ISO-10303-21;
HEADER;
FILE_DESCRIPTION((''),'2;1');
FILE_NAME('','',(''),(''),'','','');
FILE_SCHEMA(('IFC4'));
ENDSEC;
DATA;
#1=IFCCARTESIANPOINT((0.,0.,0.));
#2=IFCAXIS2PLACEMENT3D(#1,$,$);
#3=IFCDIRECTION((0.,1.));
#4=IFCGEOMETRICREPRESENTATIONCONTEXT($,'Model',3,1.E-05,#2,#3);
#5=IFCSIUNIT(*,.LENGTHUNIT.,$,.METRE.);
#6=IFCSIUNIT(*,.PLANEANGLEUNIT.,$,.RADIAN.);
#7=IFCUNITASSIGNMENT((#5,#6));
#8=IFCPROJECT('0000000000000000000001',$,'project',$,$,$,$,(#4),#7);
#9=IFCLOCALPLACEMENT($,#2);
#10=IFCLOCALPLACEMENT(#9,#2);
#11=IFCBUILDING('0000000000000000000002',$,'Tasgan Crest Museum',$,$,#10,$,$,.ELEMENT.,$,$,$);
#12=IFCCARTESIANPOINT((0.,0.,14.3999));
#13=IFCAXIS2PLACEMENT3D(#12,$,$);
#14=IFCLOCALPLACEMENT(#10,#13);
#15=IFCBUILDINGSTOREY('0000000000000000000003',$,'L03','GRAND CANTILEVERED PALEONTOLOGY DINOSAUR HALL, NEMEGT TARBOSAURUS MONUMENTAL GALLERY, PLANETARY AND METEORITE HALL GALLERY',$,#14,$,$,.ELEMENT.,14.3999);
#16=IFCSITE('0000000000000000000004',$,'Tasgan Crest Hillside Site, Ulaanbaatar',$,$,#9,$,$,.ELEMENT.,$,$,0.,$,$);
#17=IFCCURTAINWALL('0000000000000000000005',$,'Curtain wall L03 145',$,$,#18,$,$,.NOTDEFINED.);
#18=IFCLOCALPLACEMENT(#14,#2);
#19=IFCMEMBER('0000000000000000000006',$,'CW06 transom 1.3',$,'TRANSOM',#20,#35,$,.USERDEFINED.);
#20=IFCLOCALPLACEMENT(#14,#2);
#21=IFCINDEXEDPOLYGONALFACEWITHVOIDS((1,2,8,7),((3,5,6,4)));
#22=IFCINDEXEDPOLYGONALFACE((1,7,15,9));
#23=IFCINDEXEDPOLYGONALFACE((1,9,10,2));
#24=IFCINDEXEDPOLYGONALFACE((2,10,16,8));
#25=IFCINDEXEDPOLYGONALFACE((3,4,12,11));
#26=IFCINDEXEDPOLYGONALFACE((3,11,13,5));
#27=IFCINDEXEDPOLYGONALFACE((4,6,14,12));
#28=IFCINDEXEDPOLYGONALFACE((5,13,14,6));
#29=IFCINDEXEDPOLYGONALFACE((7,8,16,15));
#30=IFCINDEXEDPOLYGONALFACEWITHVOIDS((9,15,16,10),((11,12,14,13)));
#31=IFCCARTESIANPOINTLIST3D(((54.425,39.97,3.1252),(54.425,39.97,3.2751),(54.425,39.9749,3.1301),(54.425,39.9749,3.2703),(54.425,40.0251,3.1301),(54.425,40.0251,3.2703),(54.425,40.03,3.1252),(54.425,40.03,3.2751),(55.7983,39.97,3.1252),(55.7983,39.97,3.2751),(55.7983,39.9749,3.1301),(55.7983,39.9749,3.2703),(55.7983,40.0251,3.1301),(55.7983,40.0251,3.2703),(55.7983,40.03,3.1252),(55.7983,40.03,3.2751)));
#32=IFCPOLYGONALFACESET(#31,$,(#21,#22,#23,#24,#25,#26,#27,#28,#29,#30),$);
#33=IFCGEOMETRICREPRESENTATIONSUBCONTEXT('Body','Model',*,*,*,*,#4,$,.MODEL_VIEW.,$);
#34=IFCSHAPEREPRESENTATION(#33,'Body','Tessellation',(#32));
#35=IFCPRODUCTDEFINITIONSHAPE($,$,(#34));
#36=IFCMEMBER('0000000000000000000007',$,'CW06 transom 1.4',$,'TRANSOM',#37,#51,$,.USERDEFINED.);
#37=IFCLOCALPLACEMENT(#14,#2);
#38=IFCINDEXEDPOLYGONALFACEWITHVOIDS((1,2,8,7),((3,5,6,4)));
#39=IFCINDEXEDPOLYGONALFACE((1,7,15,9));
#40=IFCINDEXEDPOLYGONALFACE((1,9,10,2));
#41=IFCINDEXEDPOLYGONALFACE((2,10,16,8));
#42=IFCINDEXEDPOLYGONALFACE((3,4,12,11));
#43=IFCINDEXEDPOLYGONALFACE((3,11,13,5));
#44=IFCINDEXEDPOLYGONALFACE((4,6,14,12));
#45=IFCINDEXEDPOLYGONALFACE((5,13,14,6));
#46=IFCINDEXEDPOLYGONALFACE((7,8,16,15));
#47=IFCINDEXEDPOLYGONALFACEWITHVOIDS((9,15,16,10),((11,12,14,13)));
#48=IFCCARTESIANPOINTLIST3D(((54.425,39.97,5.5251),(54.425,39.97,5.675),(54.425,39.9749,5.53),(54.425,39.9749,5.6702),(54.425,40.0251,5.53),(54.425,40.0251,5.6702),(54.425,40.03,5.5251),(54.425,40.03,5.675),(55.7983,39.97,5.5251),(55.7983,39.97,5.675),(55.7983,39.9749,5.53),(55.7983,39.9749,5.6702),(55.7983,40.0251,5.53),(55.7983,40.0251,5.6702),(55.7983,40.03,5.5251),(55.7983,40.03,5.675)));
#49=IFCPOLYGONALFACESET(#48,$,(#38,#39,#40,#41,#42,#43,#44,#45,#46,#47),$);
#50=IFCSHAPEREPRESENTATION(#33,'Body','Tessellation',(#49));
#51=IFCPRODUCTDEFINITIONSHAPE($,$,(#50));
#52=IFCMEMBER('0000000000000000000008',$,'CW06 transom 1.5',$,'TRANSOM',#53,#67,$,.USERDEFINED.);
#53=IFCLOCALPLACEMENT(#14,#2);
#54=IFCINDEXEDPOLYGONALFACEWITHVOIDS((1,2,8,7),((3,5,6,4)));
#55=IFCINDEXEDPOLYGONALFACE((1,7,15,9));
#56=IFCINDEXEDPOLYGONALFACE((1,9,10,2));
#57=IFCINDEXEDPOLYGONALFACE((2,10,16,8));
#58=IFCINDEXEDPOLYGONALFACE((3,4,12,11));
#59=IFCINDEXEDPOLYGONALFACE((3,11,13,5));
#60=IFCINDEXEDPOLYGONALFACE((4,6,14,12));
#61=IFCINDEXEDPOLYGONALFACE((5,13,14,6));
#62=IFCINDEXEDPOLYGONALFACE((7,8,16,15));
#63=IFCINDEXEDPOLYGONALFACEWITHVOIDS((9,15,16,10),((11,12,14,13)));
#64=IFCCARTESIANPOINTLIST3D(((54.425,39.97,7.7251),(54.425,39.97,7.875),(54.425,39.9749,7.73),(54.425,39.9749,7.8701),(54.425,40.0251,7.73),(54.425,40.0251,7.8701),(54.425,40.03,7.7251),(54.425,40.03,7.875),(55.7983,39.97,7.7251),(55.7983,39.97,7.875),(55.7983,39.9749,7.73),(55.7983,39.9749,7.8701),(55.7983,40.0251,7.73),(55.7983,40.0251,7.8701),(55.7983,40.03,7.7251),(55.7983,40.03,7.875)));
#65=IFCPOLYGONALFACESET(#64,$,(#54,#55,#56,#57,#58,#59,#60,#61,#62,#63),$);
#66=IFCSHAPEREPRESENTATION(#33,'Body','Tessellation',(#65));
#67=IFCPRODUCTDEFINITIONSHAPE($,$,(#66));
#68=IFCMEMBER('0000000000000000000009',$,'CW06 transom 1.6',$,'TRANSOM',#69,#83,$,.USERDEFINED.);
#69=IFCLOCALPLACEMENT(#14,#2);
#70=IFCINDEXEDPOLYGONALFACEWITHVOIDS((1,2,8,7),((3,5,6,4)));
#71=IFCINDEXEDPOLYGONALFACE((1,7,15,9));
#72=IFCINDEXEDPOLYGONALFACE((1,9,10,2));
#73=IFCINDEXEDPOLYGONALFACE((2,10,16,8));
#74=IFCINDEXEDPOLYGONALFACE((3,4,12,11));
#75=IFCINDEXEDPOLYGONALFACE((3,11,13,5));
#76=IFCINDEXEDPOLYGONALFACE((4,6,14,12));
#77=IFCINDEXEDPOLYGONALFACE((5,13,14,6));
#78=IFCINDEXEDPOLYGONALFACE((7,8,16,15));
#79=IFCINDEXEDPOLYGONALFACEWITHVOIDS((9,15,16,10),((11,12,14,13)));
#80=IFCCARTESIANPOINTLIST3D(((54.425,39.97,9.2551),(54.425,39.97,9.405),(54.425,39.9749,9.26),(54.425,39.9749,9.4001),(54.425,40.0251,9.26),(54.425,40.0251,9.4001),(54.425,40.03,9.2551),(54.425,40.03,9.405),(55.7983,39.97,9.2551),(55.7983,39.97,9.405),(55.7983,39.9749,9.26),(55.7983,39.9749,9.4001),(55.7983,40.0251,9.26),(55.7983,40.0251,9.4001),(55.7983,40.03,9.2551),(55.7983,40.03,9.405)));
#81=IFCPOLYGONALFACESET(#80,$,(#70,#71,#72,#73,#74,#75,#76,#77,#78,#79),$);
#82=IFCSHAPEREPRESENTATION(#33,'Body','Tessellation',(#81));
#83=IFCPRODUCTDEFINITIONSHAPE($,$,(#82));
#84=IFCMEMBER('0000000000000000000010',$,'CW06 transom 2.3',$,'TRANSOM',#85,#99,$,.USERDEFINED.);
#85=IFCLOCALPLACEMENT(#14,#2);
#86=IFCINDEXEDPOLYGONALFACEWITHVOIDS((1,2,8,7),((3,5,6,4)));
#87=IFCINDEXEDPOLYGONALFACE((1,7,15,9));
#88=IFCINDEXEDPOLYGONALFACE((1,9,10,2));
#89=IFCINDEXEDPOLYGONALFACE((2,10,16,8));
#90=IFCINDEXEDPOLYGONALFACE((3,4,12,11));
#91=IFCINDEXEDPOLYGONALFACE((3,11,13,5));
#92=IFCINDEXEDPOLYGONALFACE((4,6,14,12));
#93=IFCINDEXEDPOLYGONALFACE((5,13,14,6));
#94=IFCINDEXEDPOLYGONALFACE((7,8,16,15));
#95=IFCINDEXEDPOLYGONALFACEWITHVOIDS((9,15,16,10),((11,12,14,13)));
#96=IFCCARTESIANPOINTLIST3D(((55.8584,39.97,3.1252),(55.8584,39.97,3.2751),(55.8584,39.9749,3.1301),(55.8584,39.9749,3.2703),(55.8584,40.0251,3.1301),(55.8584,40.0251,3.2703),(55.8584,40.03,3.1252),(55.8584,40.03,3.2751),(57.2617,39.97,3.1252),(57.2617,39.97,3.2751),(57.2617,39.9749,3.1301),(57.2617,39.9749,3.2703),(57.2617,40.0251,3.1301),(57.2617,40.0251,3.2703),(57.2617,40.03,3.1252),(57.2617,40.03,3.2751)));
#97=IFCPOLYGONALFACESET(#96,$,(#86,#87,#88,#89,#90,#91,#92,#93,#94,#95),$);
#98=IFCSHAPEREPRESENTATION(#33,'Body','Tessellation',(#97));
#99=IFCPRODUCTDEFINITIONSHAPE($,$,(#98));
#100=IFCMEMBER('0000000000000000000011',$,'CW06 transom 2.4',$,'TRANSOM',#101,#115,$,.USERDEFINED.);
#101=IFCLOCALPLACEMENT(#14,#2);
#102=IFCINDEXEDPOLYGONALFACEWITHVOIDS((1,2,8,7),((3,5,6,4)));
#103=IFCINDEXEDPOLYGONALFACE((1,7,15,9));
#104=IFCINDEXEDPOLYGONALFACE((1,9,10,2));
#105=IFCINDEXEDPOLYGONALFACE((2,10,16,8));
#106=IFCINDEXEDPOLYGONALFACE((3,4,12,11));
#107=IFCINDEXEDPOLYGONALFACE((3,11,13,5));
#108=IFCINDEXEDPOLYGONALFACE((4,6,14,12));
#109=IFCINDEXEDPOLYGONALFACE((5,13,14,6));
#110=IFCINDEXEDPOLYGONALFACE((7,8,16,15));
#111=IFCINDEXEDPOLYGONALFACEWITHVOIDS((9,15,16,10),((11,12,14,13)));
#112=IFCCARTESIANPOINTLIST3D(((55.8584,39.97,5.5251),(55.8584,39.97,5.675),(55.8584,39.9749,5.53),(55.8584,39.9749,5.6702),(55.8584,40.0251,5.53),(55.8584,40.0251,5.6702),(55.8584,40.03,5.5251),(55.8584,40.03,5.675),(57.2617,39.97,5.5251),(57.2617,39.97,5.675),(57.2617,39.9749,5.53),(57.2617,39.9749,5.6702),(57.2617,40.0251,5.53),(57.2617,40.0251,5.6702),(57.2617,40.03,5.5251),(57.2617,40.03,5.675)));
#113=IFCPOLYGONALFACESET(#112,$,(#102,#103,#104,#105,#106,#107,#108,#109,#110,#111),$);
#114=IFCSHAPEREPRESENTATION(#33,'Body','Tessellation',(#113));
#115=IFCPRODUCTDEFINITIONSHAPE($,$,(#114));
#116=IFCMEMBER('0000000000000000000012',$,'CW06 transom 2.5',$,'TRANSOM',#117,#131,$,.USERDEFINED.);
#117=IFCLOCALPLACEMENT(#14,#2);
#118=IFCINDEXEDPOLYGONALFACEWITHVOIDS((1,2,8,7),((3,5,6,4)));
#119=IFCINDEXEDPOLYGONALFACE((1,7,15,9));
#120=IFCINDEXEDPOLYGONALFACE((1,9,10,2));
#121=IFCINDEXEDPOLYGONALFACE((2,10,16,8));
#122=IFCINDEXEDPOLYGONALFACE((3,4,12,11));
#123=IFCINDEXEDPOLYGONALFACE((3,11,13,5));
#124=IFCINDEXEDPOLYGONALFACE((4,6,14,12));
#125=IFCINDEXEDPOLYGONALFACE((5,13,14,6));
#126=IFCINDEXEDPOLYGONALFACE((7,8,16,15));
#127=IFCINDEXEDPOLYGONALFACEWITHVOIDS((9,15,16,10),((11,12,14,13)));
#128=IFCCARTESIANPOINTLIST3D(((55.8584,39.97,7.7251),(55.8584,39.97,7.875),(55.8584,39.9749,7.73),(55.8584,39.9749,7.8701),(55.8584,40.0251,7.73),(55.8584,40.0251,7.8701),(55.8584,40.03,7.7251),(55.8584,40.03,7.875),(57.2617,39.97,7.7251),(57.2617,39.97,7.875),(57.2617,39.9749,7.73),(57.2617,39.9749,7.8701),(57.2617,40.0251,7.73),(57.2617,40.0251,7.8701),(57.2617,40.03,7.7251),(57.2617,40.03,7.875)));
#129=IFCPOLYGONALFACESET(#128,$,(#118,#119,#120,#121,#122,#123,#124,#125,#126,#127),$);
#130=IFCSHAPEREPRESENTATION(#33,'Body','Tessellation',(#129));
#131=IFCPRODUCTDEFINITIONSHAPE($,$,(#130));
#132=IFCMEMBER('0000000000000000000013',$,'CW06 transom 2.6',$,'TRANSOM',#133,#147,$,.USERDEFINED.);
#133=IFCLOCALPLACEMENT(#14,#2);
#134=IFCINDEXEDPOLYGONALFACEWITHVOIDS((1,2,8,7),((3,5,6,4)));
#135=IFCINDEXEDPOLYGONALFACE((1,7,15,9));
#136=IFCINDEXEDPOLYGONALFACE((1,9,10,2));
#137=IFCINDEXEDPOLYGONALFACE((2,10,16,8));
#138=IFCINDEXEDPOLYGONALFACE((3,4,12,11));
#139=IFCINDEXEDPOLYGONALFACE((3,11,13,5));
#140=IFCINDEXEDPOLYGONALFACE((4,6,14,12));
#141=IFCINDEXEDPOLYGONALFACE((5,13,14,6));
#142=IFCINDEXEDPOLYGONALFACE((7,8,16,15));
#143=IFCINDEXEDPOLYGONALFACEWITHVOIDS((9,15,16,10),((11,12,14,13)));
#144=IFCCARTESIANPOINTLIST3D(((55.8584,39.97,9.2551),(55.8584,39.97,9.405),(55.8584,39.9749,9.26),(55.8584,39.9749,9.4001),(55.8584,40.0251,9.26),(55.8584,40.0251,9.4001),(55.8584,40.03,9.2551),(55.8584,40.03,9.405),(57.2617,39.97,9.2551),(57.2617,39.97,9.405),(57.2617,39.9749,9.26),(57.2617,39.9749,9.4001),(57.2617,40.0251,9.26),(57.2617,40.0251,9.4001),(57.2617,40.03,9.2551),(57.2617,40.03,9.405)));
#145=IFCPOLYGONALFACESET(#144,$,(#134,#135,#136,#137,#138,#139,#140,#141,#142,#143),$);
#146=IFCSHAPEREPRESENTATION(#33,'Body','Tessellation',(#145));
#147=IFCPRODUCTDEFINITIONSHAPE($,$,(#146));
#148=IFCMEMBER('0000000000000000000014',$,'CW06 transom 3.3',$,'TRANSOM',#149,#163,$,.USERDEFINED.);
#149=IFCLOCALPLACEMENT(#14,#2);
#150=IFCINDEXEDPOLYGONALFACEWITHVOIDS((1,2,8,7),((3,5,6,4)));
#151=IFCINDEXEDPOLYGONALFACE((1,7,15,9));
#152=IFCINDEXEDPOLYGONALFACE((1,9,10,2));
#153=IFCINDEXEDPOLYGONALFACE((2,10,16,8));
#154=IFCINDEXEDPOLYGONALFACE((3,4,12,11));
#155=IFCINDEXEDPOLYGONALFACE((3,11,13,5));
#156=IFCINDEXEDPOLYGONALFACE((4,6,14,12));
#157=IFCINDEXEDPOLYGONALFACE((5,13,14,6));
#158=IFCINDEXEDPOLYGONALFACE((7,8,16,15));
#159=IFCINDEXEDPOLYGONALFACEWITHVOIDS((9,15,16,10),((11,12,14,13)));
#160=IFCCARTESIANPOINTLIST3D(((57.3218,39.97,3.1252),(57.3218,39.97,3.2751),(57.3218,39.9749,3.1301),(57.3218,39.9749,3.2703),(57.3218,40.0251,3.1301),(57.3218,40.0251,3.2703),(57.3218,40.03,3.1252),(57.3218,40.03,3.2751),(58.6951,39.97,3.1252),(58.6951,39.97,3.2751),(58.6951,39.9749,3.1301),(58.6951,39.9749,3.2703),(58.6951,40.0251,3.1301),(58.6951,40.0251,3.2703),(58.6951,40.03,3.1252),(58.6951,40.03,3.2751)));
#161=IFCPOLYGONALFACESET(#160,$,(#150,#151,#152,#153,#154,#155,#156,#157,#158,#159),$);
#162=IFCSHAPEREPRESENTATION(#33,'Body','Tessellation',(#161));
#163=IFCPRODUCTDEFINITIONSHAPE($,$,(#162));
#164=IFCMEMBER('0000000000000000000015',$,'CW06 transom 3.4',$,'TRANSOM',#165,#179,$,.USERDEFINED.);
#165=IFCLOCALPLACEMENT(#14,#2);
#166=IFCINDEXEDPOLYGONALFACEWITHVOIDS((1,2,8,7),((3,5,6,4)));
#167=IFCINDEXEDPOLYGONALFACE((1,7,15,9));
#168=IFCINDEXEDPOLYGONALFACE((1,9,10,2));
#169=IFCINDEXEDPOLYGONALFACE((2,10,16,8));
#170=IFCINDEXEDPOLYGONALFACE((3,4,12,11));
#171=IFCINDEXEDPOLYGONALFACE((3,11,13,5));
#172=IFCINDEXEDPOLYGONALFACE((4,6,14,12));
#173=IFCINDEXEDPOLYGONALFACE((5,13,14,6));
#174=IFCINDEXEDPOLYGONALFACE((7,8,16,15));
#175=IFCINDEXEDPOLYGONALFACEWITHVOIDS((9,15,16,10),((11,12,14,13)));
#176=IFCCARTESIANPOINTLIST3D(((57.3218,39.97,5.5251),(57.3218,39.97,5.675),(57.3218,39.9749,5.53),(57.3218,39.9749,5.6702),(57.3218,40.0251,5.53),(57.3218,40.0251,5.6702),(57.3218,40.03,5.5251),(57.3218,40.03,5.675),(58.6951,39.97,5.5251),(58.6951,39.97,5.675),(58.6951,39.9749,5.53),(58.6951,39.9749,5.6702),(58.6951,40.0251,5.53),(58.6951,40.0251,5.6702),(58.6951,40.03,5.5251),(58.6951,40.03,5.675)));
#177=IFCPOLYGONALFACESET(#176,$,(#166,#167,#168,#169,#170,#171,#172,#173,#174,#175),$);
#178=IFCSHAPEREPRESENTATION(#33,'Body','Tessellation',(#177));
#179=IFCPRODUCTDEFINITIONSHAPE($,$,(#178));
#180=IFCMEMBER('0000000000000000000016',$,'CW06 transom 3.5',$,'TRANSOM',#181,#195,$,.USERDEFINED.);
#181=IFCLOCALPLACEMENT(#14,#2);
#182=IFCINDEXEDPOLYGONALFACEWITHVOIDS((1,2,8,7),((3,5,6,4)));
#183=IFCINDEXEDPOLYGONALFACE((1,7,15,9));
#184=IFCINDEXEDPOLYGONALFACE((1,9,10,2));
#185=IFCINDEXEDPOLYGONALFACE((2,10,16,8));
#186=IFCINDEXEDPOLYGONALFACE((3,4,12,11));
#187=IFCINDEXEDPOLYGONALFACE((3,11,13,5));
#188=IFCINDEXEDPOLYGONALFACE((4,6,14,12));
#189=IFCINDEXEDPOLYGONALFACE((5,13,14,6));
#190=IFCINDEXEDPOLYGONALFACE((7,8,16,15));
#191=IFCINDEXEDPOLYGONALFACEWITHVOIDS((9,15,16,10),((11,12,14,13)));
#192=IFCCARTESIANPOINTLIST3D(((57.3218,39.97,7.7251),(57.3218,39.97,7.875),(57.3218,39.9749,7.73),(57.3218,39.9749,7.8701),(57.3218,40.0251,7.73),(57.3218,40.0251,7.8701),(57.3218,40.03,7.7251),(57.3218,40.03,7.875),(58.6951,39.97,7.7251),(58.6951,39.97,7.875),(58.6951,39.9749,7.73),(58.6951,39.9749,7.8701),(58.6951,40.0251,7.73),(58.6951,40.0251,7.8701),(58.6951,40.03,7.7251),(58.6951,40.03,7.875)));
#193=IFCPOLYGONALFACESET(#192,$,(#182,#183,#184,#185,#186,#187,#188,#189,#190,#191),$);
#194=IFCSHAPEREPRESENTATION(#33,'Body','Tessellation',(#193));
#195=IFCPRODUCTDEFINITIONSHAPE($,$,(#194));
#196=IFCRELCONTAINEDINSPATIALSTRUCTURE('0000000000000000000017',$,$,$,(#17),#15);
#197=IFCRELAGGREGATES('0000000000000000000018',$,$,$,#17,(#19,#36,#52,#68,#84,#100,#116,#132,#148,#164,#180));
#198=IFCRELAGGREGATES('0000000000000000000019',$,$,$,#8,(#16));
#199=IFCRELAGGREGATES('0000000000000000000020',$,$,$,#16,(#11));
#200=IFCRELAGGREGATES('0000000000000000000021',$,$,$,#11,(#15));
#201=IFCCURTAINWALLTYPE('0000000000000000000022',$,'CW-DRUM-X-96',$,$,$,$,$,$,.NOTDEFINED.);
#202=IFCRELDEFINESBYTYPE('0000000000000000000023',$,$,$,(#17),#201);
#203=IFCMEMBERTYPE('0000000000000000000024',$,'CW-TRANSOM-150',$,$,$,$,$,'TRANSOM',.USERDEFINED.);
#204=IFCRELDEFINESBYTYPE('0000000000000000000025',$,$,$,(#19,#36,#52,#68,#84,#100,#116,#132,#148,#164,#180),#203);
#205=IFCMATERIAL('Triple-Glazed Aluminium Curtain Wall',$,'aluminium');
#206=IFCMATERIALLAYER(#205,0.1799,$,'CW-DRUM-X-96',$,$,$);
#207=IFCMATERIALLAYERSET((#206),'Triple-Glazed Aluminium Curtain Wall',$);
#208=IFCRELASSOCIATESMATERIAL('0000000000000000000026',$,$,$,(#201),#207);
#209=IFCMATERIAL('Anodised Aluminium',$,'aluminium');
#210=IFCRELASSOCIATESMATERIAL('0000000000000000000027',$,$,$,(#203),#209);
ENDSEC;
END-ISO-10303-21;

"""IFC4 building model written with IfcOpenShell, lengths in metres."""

from ifc_helpers import new_model, si_unit, direction, frame, origin, origin_2d, place, context, subcontext, project, spatial, hollow_rectangle, extrude, material, layer, layer_set, material_profile, profile_set, type_object, element, aggregate, save


model = new_model("IFC4")

# Units and contexts
model_context = context("Model", 3, precision=1e-05, world=origin(), true_north=direction((0.0, 1.0)))
body_context = subcontext(model_context, "Body", "Model", "MODEL_VIEW")
ifc_project = project(units=[si_unit("LENGTHUNIT", "METRE"), si_unit("PLANEANGLEUNIT", "RADIAN")], contexts=[model_context])

# Site, building, storey
site_placement = place(None, origin())
site = spatial("IfcSite", under=ifc_project, at=site_placement, Name="Tasgan Crest Hillside Site, Ulaanbaatar", CompositionType="ELEMENT", RefElevation=0.0)
building_placement = place(site_placement, origin())
building = spatial("IfcBuilding", under=site, at=building_placement, Name="Tasgan Crest Museum", CompositionType="ELEMENT")
storey_placement = place(building_placement, frame((0.0, 0.0, 14.3999)))
storey = spatial("IfcBuildingStorey", under=building, at=storey_placement, Name="L03", Description="GRAND CANTILEVERED PALEONTOLOGY DINOSAUR HALL, NEMEGT TARBOSAURUS MONUMENTAL GALLERY, PLANETARY AND METEORITE HALL GALLERY", CompositionType="ELEMENT", Elevation=14.3999)

# Curtain wall, members
ifc_material_1 = material(Name="Triple-Glazed Aluminium Curtain Wall", Category="aluminium")
ifc_layer_1 = layer(ifc_material_1, 0.1799, Name="CW-DRUM-X-96")
ifc_layer_set_1 = layer_set([ifc_layer_1], Name="Triple-Glazed Aluminium Curtain Wall")
curtain_wall_type_1 = type_object("IfcCurtainWallType", Name="CW-DRUM-X-96", PredefinedType="NOTDEFINED", material=ifc_layer_set_1)
curtain_wall_1_placement = place(storey_placement, origin())
curtain_wall_1 = element("IfcCurtainWall", 1, at=curtain_wall_1_placement, inside=storey, type_object=curtain_wall_type_1, Name="Curtain wall L03 145", PredefinedType="NOTDEFINED")
ifc_material_2 = material(Name="Anodised Aluminium", Category="aluminium")
ifc_material_profile = material_profile(ifc_material_2, hollow_rectangle(XDim=0.0601, YDim=0.1499, WallThickness=0.0049, at=origin_2d()), Name="ALU TRANSOM 150x60x5")
ifc_profile_set = profile_set([ifc_material_profile], Name="Anodised Aluminium")
member_type = type_object("IfcMemberType", Name="CW-TRANSOM-150", ElementType="TRANSOM", PredefinedType="USERDEFINED", material=ifc_profile_set)
member_1_placement = place(storey_placement, frame((54.425, 40.0, 3.2002), z_axis=(1.0, 0.0, 0.0), x_axis=(0.0, 1.0, 0.0)))
member_1 = element("IfcMember", 2, at=member_1_placement, type_object=member_type, Name="CW06 transom 1.3", ObjectType="TRANSOM", PredefinedType="USERDEFINED", context=body_context, shape_type="SweptSolid", body=[
    extrude(hollow_rectangle(XDim=0.0601, YDim=0.1499, WallThickness=0.0049, at=origin_2d()), origin(), (0.0, 0.0, 1.0), 1.3733),
])
member_2_placement = place(storey_placement, frame((54.425, 40.0, 5.6001), z_axis=(1.0, 0.0, 0.0), x_axis=(0.0, 1.0, 0.0)))
member_2 = element("IfcMember", 3, at=member_2_placement, type_object=member_type, Name="CW06 transom 1.4", ObjectType="TRANSOM", PredefinedType="USERDEFINED", context=body_context, shape_type="SweptSolid", body=[
    extrude(hollow_rectangle(XDim=0.0601, YDim=0.1499, WallThickness=0.0049, at=origin_2d()), origin(), (0.0, 0.0, 1.0), 1.3733),
])
member_3_placement = place(storey_placement, frame((54.425, 40.0, 7.8), z_axis=(1.0, 0.0, 0.0), x_axis=(0.0, 1.0, 0.0)))
member_3 = element("IfcMember", 4, at=member_3_placement, type_object=member_type, Name="CW06 transom 1.5", ObjectType="TRANSOM", PredefinedType="USERDEFINED", context=body_context, shape_type="SweptSolid", body=[
    extrude(hollow_rectangle(XDim=0.0601, YDim=0.1499, WallThickness=0.0049, at=origin_2d()), origin(), (0.0, 0.0, 1.0), 1.3733),
])
member_4_placement = place(storey_placement, frame((54.425, 40.0, 9.3301), z_axis=(1.0, 0.0, 0.0), x_axis=(0.0, 1.0, 0.0)))
member_4 = element("IfcMember", 5, at=member_4_placement, type_object=member_type, Name="CW06 transom 1.6", ObjectType="TRANSOM", PredefinedType="USERDEFINED", context=body_context, shape_type="SweptSolid", body=[
    extrude(hollow_rectangle(XDim=0.0601, YDim=0.1499, WallThickness=0.0049, at=origin_2d()), origin(), (0.0, 0.0, 1.0), 1.3733),
])
member_5_placement = place(storey_placement, frame((55.8584, 40.0, 3.2002), z_axis=(1.0, 0.0, 0.0), x_axis=(0.0, 1.0, 0.0)))
member_5 = element("IfcMember", 6, at=member_5_placement, type_object=member_type, Name="CW06 transom 2.3", ObjectType="TRANSOM", PredefinedType="USERDEFINED", context=body_context, shape_type="SweptSolid", body=[
    extrude(hollow_rectangle(XDim=0.0601, YDim=0.1499, WallThickness=0.0049, at=origin_2d()), origin(), (0.0, 0.0, 1.0), 1.4033),
])
member_6_placement = place(storey_placement, frame((55.8584, 40.0, 5.6001), z_axis=(1.0, 0.0, 0.0), x_axis=(0.0, 1.0, 0.0)))
member_6 = element("IfcMember", 7, at=member_6_placement, type_object=member_type, Name="CW06 transom 2.4", ObjectType="TRANSOM", PredefinedType="USERDEFINED", context=body_context, shape_type="SweptSolid", body=[
    extrude(hollow_rectangle(XDim=0.0601, YDim=0.1499, WallThickness=0.0049, at=origin_2d()), origin(), (0.0, 0.0, 1.0), 1.4033),
])
member_7_placement = place(storey_placement, frame((55.8584, 40.0, 7.8), z_axis=(1.0, 0.0, 0.0), x_axis=(0.0, 1.0, 0.0)))
member_7 = element("IfcMember", 8, at=member_7_placement, type_object=member_type, Name="CW06 transom 2.5", ObjectType="TRANSOM", PredefinedType="USERDEFINED", context=body_context, shape_type="SweptSolid", body=[
    extrude(hollow_rectangle(XDim=0.0601, YDim=0.1499, WallThickness=0.0049, at=origin_2d()), origin(), (0.0, 0.0, 1.0), 1.4033),
])
member_8_placement = place(storey_placement, frame((55.8584, 40.0, 9.3301), z_axis=(1.0, 0.0, 0.0), x_axis=(0.0, 1.0, 0.0)))
member_8 = element("IfcMember", 9, at=member_8_placement, type_object=member_type, Name="CW06 transom 2.6", ObjectType="TRANSOM", PredefinedType="USERDEFINED", context=body_context, shape_type="SweptSolid", body=[
    extrude(hollow_rectangle(XDim=0.0601, YDim=0.1499, WallThickness=0.0049, at=origin_2d()), origin(), (0.0, 0.0, 1.0), 1.4033),
])
member_9_placement = place(storey_placement, frame((57.3218, 40.0, 3.2002), z_axis=(1.0, 0.0, 0.0), x_axis=(0.0, 1.0, 0.0)))
member_9 = element("IfcMember", 10, at=member_9_placement, type_object=member_type, Name="CW06 transom 3.3", ObjectType="TRANSOM", PredefinedType="USERDEFINED", context=body_context, shape_type="SweptSolid", body=[
    extrude(hollow_rectangle(XDim=0.0601, YDim=0.1499, WallThickness=0.0049, at=origin_2d()), origin(), (0.0, 0.0, 1.0), 1.3733),
])
member_10_placement = place(storey_placement, frame((57.3218, 40.0, 5.6001), z_axis=(1.0, 0.0, 0.0), x_axis=(0.0, 1.0, 0.0)))
member_10 = element("IfcMember", 11, at=member_10_placement, type_object=member_type, Name="CW06 transom 3.4", ObjectType="TRANSOM", PredefinedType="USERDEFINED", context=body_context, shape_type="SweptSolid", body=[
    extrude(hollow_rectangle(XDim=0.0601, YDim=0.1499, WallThickness=0.0049, at=origin_2d()), origin(), (0.0, 0.0, 1.0), 1.3733),
])
member_11_placement = place(storey_placement, frame((57.3218, 40.0, 7.8), z_axis=(1.0, 0.0, 0.0), x_axis=(0.0, 1.0, 0.0)))
member_11 = element("IfcMember", 12, at=member_11_placement, type_object=member_type, Name="CW06 transom 3.5", ObjectType="TRANSOM", PredefinedType="USERDEFINED", context=body_context, shape_type="SweptSolid", body=[
    extrude(hollow_rectangle(XDim=0.0601, YDim=0.1499, WallThickness=0.0049, at=origin_2d()), origin(), (0.0, 0.0, 1.0), 1.3733),
])

aggregate(curtain_wall_1, [member_1, member_2, member_3, member_4, member_5, member_6, member_7, member_8, member_9, member_10, member_11])

save(model, "model.ifc")
